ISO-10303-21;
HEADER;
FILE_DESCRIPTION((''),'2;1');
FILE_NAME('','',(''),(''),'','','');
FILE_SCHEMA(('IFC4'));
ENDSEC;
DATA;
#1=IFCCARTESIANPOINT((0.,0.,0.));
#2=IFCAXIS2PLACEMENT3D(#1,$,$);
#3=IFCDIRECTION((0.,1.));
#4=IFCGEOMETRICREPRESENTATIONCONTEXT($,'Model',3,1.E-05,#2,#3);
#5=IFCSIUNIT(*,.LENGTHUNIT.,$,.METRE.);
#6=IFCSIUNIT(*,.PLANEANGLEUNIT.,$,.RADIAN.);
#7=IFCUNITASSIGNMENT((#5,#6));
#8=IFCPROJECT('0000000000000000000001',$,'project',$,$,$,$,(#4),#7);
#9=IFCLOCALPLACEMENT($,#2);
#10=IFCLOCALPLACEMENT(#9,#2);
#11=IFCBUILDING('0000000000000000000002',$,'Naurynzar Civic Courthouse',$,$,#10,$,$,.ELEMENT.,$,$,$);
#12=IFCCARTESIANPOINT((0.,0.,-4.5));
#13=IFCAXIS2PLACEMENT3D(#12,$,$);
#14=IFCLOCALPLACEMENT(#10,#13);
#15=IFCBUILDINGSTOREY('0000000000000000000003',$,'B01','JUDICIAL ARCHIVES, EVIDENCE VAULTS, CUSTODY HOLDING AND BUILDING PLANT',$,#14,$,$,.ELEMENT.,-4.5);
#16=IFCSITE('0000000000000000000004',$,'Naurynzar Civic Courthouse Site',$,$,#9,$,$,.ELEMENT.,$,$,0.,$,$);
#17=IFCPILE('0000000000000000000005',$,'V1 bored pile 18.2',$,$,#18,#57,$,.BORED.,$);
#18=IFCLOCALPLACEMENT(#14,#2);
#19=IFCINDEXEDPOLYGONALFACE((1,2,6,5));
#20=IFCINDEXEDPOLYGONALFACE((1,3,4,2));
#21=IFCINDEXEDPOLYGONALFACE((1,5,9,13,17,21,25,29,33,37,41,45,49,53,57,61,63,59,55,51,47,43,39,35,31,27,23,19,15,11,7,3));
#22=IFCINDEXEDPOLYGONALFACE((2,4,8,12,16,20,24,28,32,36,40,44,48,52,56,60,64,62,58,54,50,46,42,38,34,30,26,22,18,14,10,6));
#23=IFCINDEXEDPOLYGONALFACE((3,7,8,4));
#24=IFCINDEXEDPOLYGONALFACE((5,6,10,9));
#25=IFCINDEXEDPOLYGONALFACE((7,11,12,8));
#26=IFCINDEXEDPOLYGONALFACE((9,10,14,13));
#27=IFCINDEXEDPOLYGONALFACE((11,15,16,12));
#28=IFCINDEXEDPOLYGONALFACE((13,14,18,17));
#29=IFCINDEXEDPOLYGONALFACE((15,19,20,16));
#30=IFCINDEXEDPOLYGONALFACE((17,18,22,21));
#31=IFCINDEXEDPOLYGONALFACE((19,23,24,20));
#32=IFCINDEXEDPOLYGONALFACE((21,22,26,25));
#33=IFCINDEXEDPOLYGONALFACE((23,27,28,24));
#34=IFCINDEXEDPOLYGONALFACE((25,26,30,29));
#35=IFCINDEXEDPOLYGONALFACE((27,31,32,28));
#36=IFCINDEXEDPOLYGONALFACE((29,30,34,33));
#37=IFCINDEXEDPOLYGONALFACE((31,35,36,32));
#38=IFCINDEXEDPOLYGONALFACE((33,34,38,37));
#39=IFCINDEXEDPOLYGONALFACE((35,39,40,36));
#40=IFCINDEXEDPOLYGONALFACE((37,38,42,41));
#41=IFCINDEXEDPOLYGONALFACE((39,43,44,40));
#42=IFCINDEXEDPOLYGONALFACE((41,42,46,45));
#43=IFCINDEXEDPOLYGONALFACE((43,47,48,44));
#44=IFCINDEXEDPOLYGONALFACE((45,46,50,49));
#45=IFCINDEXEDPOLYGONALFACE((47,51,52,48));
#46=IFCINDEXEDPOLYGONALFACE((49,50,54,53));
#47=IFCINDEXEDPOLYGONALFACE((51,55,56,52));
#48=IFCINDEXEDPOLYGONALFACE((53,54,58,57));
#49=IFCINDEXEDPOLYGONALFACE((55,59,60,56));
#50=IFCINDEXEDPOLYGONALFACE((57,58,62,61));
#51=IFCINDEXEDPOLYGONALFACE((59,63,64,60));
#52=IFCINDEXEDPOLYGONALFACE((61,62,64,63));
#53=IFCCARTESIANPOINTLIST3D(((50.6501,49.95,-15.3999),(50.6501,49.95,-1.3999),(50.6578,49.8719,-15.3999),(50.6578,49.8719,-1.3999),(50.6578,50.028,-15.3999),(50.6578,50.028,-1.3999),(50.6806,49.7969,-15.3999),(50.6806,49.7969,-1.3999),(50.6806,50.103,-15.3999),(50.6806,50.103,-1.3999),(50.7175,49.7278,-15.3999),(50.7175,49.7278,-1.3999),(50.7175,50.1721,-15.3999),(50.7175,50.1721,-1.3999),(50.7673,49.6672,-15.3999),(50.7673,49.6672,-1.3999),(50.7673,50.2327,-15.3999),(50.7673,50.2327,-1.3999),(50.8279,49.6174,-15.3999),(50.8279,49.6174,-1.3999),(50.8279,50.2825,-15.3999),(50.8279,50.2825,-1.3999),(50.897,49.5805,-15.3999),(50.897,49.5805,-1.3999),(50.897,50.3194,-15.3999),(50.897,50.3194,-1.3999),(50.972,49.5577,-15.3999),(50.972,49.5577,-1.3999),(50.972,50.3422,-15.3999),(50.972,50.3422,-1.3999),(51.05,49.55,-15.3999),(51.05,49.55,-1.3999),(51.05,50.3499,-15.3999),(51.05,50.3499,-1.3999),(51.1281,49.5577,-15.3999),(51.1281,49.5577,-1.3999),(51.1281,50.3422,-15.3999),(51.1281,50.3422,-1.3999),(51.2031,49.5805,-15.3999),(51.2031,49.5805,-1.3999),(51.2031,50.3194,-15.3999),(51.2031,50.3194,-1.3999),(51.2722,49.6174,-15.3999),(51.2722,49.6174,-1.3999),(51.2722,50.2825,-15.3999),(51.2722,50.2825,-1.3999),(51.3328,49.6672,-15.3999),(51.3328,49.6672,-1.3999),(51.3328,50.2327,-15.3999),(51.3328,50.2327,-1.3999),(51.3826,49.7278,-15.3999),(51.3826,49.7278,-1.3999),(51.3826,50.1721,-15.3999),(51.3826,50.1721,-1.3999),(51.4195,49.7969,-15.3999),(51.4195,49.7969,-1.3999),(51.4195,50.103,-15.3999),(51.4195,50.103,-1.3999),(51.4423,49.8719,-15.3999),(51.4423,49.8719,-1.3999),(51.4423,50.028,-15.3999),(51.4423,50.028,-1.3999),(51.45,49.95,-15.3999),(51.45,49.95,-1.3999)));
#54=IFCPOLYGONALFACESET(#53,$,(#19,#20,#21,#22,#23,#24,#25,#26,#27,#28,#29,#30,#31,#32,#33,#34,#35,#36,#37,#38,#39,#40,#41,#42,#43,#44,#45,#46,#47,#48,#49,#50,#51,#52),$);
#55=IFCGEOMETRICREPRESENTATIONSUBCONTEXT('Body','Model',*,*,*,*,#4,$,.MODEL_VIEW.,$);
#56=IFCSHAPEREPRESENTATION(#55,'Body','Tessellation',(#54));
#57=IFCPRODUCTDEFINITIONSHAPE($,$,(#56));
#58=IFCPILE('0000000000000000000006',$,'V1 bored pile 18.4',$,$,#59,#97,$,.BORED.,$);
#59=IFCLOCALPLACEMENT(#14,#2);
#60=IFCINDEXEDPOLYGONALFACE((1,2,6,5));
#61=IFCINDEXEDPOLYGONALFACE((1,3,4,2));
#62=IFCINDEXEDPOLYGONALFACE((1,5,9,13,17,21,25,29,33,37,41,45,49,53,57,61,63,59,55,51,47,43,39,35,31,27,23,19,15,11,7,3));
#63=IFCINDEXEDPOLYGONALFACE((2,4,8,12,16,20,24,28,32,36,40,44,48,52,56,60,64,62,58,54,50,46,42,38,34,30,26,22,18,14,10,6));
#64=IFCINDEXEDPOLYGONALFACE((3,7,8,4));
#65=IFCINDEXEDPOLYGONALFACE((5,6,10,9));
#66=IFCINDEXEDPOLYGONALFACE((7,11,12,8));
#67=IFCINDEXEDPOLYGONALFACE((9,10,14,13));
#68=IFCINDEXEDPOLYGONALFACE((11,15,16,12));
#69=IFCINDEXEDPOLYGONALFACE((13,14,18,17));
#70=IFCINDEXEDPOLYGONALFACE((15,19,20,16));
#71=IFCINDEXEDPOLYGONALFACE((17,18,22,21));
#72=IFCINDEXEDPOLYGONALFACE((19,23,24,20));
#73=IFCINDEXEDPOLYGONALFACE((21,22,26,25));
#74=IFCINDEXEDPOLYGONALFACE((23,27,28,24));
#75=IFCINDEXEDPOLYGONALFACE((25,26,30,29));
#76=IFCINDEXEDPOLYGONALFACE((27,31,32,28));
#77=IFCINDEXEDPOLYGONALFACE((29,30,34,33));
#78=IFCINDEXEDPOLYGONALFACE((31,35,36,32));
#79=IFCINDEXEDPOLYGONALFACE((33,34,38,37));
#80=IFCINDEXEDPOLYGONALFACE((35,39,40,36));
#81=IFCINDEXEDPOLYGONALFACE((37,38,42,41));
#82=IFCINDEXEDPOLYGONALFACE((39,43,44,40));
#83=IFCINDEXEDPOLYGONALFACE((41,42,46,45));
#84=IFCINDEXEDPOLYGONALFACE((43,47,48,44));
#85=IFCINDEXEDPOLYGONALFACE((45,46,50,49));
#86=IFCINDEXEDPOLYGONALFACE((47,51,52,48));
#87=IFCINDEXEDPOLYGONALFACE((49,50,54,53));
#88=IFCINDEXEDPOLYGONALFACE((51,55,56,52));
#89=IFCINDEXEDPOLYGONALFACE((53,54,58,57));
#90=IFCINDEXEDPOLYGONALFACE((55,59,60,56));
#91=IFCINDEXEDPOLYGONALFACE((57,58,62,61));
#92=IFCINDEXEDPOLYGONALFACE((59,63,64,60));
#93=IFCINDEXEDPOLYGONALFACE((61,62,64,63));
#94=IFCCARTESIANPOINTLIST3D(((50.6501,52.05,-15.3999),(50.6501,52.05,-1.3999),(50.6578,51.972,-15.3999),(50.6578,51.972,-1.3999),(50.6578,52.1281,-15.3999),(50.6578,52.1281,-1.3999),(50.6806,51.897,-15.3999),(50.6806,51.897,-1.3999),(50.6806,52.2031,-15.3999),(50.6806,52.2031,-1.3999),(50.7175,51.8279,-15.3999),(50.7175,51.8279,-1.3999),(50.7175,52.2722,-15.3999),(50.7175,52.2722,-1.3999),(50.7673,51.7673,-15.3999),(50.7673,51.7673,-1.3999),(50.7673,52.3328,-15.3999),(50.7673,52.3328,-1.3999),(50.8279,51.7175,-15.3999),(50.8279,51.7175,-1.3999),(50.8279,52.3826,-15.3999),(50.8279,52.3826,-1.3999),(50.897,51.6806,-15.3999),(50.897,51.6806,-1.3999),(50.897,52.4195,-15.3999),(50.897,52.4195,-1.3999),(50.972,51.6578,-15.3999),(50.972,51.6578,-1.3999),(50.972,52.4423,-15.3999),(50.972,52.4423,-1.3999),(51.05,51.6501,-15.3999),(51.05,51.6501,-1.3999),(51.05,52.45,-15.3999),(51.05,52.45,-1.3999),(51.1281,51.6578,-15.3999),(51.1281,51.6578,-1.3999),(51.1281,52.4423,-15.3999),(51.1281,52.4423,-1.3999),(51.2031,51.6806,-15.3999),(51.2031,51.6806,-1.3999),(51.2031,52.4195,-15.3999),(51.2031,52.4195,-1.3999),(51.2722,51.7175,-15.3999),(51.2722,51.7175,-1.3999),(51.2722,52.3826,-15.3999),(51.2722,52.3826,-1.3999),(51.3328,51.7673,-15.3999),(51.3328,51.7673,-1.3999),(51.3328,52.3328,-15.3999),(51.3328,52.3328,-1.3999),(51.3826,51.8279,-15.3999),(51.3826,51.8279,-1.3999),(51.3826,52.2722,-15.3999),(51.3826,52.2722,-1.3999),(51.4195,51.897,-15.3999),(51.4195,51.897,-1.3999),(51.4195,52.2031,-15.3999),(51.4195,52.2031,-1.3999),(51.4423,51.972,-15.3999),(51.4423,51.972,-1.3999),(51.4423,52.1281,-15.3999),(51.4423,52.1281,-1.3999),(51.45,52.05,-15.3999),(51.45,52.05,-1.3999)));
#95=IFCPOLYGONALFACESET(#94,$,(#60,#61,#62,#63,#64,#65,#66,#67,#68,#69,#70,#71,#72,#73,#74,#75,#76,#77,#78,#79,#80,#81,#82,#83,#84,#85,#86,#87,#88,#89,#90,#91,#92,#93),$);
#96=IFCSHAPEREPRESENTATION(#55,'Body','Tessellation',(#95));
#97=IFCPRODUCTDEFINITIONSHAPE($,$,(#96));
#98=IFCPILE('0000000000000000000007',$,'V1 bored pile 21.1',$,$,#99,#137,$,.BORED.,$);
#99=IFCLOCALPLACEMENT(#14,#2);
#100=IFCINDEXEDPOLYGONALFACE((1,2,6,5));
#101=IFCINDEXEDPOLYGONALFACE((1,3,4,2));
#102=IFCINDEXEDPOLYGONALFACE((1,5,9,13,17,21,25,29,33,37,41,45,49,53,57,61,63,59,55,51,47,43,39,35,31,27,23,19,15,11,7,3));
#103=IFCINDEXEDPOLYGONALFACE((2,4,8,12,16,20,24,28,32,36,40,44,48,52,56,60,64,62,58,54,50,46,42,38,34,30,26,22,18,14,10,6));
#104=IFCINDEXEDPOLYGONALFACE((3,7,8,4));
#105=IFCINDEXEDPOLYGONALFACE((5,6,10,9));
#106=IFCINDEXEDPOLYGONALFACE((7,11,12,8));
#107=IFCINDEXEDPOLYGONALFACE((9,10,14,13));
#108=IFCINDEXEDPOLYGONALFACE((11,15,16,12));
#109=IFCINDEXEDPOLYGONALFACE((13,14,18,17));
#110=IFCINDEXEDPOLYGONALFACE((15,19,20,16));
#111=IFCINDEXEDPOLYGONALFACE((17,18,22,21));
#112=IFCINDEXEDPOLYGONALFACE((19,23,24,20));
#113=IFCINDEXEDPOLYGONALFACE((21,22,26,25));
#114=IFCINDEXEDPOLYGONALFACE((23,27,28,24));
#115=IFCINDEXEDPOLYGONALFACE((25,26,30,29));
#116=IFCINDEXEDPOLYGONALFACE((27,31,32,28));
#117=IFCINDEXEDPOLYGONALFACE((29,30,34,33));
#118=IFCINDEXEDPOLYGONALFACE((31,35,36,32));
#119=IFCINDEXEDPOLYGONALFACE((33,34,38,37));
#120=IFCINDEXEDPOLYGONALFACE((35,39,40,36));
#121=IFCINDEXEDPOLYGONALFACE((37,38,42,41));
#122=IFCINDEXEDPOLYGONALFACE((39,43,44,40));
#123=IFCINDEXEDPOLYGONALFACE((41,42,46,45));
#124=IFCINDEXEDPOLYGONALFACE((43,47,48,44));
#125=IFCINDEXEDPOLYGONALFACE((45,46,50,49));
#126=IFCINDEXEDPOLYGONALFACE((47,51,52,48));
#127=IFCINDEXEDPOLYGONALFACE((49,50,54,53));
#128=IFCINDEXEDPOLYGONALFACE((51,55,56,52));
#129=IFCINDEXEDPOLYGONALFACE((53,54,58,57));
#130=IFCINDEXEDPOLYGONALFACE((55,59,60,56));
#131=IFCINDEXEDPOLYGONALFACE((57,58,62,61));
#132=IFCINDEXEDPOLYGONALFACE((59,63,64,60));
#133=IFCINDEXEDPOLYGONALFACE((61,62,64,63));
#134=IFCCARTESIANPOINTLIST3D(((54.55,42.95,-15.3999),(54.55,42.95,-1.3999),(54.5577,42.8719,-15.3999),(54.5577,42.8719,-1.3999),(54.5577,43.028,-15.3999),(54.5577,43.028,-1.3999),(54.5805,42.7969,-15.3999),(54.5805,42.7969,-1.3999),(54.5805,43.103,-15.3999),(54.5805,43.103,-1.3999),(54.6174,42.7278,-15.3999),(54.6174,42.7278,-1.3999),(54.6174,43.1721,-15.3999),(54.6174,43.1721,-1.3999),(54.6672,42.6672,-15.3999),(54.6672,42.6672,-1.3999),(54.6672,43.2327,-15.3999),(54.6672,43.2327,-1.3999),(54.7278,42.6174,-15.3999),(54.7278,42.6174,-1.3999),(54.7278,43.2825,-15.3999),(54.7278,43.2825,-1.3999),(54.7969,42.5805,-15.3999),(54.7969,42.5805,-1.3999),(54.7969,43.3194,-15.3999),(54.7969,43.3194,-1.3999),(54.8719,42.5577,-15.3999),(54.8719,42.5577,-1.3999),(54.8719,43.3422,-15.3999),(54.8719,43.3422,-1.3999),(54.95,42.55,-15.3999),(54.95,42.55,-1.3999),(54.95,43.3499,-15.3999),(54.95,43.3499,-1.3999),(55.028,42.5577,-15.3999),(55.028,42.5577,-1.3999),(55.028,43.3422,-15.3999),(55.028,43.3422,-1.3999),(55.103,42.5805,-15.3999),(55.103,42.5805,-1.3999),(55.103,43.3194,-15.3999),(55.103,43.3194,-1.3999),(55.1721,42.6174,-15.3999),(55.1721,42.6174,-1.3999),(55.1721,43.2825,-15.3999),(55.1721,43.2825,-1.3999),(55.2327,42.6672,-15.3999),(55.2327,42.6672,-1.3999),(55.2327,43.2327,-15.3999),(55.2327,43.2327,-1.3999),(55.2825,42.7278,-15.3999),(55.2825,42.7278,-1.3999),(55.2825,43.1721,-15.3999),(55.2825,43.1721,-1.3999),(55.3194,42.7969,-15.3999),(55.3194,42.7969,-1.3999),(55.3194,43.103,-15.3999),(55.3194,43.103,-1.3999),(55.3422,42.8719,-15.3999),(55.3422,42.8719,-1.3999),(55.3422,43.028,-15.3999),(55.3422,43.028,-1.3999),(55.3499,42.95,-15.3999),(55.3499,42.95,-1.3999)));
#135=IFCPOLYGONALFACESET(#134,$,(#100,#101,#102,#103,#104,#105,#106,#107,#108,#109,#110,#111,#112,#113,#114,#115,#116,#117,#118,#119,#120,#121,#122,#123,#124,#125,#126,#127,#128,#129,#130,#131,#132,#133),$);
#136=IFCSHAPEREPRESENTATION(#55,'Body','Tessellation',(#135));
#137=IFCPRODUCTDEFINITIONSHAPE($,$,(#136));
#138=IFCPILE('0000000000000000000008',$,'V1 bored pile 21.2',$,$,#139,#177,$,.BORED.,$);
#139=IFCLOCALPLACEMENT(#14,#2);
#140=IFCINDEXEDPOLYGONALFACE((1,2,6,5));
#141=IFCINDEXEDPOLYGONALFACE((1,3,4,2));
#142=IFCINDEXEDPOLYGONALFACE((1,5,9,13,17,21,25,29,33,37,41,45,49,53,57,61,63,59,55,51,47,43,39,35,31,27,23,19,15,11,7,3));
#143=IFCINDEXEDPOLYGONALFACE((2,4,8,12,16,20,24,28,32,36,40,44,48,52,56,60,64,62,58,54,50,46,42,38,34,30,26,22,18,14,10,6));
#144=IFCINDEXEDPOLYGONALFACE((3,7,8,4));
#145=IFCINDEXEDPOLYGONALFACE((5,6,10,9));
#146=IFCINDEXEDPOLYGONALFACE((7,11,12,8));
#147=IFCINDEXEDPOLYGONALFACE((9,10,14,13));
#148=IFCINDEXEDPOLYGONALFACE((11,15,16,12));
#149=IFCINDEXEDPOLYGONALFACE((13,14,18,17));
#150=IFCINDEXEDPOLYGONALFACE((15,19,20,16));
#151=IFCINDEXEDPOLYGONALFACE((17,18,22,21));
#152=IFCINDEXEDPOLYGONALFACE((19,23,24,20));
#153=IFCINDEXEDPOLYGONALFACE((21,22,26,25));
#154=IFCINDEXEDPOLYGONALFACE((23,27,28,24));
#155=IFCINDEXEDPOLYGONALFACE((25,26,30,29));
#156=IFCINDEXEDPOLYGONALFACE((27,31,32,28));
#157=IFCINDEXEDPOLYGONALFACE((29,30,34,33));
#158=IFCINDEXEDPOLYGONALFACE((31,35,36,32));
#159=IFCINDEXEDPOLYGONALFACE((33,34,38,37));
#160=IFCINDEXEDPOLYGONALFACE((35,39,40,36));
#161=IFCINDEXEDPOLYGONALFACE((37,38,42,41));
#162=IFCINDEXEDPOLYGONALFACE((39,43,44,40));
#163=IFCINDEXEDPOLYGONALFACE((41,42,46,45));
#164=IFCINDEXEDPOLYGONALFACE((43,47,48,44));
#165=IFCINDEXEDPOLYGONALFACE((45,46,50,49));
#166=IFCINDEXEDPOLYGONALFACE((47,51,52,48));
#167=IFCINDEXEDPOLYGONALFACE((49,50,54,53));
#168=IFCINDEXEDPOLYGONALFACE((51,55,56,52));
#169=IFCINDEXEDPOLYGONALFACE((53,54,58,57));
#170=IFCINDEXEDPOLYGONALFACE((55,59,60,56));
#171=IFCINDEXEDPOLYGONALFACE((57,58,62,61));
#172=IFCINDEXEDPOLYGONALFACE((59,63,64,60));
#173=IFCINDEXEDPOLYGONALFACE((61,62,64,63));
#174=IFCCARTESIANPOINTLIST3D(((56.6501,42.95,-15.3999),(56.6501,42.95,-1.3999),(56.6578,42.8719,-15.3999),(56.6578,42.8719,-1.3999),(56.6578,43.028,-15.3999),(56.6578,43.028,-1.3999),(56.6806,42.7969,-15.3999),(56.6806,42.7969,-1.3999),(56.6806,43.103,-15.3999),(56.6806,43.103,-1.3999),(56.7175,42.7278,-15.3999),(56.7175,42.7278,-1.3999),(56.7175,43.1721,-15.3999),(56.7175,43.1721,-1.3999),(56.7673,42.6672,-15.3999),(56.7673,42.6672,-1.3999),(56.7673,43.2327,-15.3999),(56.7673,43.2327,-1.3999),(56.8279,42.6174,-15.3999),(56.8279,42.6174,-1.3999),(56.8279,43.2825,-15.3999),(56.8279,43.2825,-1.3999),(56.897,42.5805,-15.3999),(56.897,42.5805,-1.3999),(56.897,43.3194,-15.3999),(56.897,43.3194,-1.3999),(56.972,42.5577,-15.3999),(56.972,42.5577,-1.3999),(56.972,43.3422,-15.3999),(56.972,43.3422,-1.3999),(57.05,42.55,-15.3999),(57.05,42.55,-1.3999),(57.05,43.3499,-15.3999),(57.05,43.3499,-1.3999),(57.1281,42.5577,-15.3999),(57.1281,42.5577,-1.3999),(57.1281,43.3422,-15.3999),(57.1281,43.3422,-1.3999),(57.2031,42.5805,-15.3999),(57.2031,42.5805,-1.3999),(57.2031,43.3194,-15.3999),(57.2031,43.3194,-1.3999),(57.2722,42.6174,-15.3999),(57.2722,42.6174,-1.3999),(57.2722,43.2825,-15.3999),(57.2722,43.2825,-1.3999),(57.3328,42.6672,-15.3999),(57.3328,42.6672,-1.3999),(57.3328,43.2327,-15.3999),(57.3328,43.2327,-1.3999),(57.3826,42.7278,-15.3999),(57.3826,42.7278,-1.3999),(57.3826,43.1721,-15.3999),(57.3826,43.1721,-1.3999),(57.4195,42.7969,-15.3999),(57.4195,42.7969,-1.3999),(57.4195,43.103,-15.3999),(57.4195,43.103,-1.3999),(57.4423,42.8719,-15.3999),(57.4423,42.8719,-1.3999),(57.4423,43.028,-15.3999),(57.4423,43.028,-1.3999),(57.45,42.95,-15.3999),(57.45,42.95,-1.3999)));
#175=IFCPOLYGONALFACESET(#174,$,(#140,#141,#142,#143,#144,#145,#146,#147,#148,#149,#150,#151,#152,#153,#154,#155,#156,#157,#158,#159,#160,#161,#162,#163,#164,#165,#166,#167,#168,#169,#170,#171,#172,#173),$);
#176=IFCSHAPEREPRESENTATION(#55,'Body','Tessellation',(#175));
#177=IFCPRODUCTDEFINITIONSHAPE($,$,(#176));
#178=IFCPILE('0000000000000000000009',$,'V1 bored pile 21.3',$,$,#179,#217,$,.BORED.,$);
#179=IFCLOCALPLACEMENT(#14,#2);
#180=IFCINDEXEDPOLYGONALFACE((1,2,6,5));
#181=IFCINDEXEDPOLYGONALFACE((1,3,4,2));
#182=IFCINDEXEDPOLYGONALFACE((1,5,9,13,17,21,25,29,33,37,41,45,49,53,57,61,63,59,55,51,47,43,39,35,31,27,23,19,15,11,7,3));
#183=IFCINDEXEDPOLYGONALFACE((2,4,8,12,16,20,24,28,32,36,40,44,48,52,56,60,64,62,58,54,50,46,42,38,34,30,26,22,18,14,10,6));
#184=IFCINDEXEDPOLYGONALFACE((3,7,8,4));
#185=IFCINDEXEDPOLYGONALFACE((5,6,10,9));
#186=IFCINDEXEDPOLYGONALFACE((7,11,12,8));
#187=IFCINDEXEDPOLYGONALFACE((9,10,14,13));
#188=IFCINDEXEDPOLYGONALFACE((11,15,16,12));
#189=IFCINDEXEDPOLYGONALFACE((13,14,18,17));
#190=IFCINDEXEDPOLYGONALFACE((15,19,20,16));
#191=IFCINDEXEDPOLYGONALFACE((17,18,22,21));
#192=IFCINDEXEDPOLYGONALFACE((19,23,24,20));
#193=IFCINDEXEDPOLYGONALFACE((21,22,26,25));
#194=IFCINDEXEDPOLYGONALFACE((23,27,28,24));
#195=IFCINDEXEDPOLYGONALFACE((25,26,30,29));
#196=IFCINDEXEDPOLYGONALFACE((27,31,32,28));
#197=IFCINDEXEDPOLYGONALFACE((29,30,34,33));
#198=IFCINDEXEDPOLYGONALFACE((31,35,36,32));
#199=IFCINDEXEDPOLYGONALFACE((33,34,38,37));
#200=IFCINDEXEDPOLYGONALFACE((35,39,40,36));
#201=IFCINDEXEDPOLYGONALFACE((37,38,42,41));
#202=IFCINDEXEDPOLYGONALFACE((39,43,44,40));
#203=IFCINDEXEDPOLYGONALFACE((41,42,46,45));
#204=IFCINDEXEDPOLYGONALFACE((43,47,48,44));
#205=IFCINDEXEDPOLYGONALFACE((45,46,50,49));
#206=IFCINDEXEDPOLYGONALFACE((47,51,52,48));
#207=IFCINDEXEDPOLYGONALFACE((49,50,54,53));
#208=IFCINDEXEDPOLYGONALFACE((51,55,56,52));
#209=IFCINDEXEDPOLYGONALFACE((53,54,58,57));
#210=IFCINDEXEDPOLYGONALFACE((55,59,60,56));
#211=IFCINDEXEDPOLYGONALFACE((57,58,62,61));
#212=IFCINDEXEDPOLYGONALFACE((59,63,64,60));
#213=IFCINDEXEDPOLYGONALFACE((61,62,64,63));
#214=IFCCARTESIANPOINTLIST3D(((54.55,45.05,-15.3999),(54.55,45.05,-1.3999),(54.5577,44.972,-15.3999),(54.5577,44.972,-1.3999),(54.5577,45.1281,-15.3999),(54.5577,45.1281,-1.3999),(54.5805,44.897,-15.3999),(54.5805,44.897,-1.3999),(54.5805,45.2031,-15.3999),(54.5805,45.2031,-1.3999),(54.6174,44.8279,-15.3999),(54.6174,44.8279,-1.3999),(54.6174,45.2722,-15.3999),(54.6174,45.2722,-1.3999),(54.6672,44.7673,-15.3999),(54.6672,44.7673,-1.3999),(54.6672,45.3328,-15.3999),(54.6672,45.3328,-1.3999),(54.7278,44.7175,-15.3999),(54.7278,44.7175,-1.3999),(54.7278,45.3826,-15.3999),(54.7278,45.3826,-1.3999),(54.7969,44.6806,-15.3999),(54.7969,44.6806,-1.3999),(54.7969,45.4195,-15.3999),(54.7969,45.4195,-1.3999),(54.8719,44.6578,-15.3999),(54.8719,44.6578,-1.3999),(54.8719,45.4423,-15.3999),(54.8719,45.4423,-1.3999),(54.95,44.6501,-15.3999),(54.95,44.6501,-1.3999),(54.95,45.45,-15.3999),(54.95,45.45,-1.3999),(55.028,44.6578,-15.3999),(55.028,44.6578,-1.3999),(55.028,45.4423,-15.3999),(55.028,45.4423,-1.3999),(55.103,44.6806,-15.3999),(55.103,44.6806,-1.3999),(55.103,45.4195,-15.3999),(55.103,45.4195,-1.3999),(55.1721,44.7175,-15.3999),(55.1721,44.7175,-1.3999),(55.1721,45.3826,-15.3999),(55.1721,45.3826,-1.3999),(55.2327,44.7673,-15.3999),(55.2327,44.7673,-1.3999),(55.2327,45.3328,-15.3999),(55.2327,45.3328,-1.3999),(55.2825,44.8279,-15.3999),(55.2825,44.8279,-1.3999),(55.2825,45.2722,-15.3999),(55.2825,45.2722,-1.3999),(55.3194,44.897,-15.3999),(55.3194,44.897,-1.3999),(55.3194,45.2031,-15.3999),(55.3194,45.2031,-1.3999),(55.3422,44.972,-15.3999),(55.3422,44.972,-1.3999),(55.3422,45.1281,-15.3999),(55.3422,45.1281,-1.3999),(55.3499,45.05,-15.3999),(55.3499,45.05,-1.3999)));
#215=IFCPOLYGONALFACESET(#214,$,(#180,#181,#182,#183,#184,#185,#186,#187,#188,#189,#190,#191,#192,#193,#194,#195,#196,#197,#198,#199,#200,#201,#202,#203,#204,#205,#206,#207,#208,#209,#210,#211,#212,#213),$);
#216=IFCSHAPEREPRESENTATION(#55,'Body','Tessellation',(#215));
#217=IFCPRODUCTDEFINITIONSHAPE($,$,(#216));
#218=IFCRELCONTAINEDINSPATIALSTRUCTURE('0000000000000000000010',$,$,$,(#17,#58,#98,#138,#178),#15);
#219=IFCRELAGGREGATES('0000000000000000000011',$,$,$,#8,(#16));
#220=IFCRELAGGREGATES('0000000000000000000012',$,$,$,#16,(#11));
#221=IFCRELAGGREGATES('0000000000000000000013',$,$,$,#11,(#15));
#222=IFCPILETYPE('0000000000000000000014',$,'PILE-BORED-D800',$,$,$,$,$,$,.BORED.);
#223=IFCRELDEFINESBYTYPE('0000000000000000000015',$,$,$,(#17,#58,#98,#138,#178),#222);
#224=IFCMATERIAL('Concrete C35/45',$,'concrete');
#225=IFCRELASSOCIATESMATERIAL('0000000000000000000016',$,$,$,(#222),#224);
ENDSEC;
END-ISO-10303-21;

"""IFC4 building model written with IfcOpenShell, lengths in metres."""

from ifc_helpers import new_model, si_unit, direction, frame, origin, origin_2d, place, context, subcontext, project, spatial, circle, extrude, material, material_profile, profile_set, type_object, element, save


model = new_model("IFC4")

# Units and contexts
model_context = context("Model", 3, precision=1e-05, world=origin(), true_north=direction((0.0, 1.0)))
body_context = subcontext(model_context, "Body", "Model", "MODEL_VIEW")
ifc_project = project(units=[si_unit("LENGTHUNIT", "METRE"), si_unit("PLANEANGLEUNIT", "RADIAN")], contexts=[model_context])

# Site, building, storey
site_placement = place(None, origin())
site = spatial("IfcSite", under=ifc_project, at=site_placement, Name="Naurynzar Civic Courthouse Site", CompositionType="ELEMENT", RefElevation=0.0)
building_placement = place(site_placement, origin())
building = spatial("IfcBuilding", under=site, at=building_placement, Name="Naurynzar Civic Courthouse", CompositionType="ELEMENT")
storey_placement = place(building_placement, frame((0.0, 0.0, -4.5)))
storey = spatial("IfcBuildingStorey", under=building, at=storey_placement, Name="B01", Description="JUDICIAL ARCHIVES, EVIDENCE VAULTS, CUSTODY HOLDING AND BUILDING PLANT", CompositionType="ELEMENT", Elevation=-4.5)

# Piles
ifc_material_1 = material(Name="Concrete C35/45", Category="concrete")
ifc_material_profile_1 = material_profile(ifc_material_1, circle(Radius=0.3999, at=origin_2d()), Name="PILE D800")
ifc_profile_set_1 = profile_set([ifc_material_profile_1], Name="Concrete C35/45")
pile_type = type_object("IfcPileType", Name="PILE-BORED-D800", PredefinedType="BORED", material=ifc_profile_set_1)
for number, where, z_axis, x_axis, name in (
    (1, (51.05, 49.95, -1.3999), (0.0, 0.0, -1.0), (1.0, 0.0, 0.0), "V1 bored pile 18.2"),
    (2, (51.05, 52.05, -1.3999), (0.0, 0.0, -1.0), (1.0, 0.0, 0.0), "V1 bored pile 18.4"),
    (3, (54.95, 42.95, -1.3999), (0.0, 0.0, -1.0), (1.0, 0.0, 0.0), "V1 bored pile 21.1"),
    (4, (57.05, 42.95, -1.3999), (0.0, 0.0, -1.0), (1.0, 0.0, 0.0), "V1 bored pile 21.2"),
    (5, (54.95, 45.05, -1.3999), (0.0, 0.0, -1.0), (1.0, 0.0, 0.0), "V1 bored pile 21.3"),
):
    element("IfcPile", number, at=place(storey_placement, frame(where, z_axis=z_axis, x_axis=x_axis)), inside=storey, type_object=pile_type, Name=name, PredefinedType="BORED", context=body_context, shape_type="SweptSolid", body=[
        extrude(circle(Radius=0.3999, at=origin_2d()), origin(), (0.0, 0.0, 1.0), 14.0),
    ])

save(model, "model.ifc")
